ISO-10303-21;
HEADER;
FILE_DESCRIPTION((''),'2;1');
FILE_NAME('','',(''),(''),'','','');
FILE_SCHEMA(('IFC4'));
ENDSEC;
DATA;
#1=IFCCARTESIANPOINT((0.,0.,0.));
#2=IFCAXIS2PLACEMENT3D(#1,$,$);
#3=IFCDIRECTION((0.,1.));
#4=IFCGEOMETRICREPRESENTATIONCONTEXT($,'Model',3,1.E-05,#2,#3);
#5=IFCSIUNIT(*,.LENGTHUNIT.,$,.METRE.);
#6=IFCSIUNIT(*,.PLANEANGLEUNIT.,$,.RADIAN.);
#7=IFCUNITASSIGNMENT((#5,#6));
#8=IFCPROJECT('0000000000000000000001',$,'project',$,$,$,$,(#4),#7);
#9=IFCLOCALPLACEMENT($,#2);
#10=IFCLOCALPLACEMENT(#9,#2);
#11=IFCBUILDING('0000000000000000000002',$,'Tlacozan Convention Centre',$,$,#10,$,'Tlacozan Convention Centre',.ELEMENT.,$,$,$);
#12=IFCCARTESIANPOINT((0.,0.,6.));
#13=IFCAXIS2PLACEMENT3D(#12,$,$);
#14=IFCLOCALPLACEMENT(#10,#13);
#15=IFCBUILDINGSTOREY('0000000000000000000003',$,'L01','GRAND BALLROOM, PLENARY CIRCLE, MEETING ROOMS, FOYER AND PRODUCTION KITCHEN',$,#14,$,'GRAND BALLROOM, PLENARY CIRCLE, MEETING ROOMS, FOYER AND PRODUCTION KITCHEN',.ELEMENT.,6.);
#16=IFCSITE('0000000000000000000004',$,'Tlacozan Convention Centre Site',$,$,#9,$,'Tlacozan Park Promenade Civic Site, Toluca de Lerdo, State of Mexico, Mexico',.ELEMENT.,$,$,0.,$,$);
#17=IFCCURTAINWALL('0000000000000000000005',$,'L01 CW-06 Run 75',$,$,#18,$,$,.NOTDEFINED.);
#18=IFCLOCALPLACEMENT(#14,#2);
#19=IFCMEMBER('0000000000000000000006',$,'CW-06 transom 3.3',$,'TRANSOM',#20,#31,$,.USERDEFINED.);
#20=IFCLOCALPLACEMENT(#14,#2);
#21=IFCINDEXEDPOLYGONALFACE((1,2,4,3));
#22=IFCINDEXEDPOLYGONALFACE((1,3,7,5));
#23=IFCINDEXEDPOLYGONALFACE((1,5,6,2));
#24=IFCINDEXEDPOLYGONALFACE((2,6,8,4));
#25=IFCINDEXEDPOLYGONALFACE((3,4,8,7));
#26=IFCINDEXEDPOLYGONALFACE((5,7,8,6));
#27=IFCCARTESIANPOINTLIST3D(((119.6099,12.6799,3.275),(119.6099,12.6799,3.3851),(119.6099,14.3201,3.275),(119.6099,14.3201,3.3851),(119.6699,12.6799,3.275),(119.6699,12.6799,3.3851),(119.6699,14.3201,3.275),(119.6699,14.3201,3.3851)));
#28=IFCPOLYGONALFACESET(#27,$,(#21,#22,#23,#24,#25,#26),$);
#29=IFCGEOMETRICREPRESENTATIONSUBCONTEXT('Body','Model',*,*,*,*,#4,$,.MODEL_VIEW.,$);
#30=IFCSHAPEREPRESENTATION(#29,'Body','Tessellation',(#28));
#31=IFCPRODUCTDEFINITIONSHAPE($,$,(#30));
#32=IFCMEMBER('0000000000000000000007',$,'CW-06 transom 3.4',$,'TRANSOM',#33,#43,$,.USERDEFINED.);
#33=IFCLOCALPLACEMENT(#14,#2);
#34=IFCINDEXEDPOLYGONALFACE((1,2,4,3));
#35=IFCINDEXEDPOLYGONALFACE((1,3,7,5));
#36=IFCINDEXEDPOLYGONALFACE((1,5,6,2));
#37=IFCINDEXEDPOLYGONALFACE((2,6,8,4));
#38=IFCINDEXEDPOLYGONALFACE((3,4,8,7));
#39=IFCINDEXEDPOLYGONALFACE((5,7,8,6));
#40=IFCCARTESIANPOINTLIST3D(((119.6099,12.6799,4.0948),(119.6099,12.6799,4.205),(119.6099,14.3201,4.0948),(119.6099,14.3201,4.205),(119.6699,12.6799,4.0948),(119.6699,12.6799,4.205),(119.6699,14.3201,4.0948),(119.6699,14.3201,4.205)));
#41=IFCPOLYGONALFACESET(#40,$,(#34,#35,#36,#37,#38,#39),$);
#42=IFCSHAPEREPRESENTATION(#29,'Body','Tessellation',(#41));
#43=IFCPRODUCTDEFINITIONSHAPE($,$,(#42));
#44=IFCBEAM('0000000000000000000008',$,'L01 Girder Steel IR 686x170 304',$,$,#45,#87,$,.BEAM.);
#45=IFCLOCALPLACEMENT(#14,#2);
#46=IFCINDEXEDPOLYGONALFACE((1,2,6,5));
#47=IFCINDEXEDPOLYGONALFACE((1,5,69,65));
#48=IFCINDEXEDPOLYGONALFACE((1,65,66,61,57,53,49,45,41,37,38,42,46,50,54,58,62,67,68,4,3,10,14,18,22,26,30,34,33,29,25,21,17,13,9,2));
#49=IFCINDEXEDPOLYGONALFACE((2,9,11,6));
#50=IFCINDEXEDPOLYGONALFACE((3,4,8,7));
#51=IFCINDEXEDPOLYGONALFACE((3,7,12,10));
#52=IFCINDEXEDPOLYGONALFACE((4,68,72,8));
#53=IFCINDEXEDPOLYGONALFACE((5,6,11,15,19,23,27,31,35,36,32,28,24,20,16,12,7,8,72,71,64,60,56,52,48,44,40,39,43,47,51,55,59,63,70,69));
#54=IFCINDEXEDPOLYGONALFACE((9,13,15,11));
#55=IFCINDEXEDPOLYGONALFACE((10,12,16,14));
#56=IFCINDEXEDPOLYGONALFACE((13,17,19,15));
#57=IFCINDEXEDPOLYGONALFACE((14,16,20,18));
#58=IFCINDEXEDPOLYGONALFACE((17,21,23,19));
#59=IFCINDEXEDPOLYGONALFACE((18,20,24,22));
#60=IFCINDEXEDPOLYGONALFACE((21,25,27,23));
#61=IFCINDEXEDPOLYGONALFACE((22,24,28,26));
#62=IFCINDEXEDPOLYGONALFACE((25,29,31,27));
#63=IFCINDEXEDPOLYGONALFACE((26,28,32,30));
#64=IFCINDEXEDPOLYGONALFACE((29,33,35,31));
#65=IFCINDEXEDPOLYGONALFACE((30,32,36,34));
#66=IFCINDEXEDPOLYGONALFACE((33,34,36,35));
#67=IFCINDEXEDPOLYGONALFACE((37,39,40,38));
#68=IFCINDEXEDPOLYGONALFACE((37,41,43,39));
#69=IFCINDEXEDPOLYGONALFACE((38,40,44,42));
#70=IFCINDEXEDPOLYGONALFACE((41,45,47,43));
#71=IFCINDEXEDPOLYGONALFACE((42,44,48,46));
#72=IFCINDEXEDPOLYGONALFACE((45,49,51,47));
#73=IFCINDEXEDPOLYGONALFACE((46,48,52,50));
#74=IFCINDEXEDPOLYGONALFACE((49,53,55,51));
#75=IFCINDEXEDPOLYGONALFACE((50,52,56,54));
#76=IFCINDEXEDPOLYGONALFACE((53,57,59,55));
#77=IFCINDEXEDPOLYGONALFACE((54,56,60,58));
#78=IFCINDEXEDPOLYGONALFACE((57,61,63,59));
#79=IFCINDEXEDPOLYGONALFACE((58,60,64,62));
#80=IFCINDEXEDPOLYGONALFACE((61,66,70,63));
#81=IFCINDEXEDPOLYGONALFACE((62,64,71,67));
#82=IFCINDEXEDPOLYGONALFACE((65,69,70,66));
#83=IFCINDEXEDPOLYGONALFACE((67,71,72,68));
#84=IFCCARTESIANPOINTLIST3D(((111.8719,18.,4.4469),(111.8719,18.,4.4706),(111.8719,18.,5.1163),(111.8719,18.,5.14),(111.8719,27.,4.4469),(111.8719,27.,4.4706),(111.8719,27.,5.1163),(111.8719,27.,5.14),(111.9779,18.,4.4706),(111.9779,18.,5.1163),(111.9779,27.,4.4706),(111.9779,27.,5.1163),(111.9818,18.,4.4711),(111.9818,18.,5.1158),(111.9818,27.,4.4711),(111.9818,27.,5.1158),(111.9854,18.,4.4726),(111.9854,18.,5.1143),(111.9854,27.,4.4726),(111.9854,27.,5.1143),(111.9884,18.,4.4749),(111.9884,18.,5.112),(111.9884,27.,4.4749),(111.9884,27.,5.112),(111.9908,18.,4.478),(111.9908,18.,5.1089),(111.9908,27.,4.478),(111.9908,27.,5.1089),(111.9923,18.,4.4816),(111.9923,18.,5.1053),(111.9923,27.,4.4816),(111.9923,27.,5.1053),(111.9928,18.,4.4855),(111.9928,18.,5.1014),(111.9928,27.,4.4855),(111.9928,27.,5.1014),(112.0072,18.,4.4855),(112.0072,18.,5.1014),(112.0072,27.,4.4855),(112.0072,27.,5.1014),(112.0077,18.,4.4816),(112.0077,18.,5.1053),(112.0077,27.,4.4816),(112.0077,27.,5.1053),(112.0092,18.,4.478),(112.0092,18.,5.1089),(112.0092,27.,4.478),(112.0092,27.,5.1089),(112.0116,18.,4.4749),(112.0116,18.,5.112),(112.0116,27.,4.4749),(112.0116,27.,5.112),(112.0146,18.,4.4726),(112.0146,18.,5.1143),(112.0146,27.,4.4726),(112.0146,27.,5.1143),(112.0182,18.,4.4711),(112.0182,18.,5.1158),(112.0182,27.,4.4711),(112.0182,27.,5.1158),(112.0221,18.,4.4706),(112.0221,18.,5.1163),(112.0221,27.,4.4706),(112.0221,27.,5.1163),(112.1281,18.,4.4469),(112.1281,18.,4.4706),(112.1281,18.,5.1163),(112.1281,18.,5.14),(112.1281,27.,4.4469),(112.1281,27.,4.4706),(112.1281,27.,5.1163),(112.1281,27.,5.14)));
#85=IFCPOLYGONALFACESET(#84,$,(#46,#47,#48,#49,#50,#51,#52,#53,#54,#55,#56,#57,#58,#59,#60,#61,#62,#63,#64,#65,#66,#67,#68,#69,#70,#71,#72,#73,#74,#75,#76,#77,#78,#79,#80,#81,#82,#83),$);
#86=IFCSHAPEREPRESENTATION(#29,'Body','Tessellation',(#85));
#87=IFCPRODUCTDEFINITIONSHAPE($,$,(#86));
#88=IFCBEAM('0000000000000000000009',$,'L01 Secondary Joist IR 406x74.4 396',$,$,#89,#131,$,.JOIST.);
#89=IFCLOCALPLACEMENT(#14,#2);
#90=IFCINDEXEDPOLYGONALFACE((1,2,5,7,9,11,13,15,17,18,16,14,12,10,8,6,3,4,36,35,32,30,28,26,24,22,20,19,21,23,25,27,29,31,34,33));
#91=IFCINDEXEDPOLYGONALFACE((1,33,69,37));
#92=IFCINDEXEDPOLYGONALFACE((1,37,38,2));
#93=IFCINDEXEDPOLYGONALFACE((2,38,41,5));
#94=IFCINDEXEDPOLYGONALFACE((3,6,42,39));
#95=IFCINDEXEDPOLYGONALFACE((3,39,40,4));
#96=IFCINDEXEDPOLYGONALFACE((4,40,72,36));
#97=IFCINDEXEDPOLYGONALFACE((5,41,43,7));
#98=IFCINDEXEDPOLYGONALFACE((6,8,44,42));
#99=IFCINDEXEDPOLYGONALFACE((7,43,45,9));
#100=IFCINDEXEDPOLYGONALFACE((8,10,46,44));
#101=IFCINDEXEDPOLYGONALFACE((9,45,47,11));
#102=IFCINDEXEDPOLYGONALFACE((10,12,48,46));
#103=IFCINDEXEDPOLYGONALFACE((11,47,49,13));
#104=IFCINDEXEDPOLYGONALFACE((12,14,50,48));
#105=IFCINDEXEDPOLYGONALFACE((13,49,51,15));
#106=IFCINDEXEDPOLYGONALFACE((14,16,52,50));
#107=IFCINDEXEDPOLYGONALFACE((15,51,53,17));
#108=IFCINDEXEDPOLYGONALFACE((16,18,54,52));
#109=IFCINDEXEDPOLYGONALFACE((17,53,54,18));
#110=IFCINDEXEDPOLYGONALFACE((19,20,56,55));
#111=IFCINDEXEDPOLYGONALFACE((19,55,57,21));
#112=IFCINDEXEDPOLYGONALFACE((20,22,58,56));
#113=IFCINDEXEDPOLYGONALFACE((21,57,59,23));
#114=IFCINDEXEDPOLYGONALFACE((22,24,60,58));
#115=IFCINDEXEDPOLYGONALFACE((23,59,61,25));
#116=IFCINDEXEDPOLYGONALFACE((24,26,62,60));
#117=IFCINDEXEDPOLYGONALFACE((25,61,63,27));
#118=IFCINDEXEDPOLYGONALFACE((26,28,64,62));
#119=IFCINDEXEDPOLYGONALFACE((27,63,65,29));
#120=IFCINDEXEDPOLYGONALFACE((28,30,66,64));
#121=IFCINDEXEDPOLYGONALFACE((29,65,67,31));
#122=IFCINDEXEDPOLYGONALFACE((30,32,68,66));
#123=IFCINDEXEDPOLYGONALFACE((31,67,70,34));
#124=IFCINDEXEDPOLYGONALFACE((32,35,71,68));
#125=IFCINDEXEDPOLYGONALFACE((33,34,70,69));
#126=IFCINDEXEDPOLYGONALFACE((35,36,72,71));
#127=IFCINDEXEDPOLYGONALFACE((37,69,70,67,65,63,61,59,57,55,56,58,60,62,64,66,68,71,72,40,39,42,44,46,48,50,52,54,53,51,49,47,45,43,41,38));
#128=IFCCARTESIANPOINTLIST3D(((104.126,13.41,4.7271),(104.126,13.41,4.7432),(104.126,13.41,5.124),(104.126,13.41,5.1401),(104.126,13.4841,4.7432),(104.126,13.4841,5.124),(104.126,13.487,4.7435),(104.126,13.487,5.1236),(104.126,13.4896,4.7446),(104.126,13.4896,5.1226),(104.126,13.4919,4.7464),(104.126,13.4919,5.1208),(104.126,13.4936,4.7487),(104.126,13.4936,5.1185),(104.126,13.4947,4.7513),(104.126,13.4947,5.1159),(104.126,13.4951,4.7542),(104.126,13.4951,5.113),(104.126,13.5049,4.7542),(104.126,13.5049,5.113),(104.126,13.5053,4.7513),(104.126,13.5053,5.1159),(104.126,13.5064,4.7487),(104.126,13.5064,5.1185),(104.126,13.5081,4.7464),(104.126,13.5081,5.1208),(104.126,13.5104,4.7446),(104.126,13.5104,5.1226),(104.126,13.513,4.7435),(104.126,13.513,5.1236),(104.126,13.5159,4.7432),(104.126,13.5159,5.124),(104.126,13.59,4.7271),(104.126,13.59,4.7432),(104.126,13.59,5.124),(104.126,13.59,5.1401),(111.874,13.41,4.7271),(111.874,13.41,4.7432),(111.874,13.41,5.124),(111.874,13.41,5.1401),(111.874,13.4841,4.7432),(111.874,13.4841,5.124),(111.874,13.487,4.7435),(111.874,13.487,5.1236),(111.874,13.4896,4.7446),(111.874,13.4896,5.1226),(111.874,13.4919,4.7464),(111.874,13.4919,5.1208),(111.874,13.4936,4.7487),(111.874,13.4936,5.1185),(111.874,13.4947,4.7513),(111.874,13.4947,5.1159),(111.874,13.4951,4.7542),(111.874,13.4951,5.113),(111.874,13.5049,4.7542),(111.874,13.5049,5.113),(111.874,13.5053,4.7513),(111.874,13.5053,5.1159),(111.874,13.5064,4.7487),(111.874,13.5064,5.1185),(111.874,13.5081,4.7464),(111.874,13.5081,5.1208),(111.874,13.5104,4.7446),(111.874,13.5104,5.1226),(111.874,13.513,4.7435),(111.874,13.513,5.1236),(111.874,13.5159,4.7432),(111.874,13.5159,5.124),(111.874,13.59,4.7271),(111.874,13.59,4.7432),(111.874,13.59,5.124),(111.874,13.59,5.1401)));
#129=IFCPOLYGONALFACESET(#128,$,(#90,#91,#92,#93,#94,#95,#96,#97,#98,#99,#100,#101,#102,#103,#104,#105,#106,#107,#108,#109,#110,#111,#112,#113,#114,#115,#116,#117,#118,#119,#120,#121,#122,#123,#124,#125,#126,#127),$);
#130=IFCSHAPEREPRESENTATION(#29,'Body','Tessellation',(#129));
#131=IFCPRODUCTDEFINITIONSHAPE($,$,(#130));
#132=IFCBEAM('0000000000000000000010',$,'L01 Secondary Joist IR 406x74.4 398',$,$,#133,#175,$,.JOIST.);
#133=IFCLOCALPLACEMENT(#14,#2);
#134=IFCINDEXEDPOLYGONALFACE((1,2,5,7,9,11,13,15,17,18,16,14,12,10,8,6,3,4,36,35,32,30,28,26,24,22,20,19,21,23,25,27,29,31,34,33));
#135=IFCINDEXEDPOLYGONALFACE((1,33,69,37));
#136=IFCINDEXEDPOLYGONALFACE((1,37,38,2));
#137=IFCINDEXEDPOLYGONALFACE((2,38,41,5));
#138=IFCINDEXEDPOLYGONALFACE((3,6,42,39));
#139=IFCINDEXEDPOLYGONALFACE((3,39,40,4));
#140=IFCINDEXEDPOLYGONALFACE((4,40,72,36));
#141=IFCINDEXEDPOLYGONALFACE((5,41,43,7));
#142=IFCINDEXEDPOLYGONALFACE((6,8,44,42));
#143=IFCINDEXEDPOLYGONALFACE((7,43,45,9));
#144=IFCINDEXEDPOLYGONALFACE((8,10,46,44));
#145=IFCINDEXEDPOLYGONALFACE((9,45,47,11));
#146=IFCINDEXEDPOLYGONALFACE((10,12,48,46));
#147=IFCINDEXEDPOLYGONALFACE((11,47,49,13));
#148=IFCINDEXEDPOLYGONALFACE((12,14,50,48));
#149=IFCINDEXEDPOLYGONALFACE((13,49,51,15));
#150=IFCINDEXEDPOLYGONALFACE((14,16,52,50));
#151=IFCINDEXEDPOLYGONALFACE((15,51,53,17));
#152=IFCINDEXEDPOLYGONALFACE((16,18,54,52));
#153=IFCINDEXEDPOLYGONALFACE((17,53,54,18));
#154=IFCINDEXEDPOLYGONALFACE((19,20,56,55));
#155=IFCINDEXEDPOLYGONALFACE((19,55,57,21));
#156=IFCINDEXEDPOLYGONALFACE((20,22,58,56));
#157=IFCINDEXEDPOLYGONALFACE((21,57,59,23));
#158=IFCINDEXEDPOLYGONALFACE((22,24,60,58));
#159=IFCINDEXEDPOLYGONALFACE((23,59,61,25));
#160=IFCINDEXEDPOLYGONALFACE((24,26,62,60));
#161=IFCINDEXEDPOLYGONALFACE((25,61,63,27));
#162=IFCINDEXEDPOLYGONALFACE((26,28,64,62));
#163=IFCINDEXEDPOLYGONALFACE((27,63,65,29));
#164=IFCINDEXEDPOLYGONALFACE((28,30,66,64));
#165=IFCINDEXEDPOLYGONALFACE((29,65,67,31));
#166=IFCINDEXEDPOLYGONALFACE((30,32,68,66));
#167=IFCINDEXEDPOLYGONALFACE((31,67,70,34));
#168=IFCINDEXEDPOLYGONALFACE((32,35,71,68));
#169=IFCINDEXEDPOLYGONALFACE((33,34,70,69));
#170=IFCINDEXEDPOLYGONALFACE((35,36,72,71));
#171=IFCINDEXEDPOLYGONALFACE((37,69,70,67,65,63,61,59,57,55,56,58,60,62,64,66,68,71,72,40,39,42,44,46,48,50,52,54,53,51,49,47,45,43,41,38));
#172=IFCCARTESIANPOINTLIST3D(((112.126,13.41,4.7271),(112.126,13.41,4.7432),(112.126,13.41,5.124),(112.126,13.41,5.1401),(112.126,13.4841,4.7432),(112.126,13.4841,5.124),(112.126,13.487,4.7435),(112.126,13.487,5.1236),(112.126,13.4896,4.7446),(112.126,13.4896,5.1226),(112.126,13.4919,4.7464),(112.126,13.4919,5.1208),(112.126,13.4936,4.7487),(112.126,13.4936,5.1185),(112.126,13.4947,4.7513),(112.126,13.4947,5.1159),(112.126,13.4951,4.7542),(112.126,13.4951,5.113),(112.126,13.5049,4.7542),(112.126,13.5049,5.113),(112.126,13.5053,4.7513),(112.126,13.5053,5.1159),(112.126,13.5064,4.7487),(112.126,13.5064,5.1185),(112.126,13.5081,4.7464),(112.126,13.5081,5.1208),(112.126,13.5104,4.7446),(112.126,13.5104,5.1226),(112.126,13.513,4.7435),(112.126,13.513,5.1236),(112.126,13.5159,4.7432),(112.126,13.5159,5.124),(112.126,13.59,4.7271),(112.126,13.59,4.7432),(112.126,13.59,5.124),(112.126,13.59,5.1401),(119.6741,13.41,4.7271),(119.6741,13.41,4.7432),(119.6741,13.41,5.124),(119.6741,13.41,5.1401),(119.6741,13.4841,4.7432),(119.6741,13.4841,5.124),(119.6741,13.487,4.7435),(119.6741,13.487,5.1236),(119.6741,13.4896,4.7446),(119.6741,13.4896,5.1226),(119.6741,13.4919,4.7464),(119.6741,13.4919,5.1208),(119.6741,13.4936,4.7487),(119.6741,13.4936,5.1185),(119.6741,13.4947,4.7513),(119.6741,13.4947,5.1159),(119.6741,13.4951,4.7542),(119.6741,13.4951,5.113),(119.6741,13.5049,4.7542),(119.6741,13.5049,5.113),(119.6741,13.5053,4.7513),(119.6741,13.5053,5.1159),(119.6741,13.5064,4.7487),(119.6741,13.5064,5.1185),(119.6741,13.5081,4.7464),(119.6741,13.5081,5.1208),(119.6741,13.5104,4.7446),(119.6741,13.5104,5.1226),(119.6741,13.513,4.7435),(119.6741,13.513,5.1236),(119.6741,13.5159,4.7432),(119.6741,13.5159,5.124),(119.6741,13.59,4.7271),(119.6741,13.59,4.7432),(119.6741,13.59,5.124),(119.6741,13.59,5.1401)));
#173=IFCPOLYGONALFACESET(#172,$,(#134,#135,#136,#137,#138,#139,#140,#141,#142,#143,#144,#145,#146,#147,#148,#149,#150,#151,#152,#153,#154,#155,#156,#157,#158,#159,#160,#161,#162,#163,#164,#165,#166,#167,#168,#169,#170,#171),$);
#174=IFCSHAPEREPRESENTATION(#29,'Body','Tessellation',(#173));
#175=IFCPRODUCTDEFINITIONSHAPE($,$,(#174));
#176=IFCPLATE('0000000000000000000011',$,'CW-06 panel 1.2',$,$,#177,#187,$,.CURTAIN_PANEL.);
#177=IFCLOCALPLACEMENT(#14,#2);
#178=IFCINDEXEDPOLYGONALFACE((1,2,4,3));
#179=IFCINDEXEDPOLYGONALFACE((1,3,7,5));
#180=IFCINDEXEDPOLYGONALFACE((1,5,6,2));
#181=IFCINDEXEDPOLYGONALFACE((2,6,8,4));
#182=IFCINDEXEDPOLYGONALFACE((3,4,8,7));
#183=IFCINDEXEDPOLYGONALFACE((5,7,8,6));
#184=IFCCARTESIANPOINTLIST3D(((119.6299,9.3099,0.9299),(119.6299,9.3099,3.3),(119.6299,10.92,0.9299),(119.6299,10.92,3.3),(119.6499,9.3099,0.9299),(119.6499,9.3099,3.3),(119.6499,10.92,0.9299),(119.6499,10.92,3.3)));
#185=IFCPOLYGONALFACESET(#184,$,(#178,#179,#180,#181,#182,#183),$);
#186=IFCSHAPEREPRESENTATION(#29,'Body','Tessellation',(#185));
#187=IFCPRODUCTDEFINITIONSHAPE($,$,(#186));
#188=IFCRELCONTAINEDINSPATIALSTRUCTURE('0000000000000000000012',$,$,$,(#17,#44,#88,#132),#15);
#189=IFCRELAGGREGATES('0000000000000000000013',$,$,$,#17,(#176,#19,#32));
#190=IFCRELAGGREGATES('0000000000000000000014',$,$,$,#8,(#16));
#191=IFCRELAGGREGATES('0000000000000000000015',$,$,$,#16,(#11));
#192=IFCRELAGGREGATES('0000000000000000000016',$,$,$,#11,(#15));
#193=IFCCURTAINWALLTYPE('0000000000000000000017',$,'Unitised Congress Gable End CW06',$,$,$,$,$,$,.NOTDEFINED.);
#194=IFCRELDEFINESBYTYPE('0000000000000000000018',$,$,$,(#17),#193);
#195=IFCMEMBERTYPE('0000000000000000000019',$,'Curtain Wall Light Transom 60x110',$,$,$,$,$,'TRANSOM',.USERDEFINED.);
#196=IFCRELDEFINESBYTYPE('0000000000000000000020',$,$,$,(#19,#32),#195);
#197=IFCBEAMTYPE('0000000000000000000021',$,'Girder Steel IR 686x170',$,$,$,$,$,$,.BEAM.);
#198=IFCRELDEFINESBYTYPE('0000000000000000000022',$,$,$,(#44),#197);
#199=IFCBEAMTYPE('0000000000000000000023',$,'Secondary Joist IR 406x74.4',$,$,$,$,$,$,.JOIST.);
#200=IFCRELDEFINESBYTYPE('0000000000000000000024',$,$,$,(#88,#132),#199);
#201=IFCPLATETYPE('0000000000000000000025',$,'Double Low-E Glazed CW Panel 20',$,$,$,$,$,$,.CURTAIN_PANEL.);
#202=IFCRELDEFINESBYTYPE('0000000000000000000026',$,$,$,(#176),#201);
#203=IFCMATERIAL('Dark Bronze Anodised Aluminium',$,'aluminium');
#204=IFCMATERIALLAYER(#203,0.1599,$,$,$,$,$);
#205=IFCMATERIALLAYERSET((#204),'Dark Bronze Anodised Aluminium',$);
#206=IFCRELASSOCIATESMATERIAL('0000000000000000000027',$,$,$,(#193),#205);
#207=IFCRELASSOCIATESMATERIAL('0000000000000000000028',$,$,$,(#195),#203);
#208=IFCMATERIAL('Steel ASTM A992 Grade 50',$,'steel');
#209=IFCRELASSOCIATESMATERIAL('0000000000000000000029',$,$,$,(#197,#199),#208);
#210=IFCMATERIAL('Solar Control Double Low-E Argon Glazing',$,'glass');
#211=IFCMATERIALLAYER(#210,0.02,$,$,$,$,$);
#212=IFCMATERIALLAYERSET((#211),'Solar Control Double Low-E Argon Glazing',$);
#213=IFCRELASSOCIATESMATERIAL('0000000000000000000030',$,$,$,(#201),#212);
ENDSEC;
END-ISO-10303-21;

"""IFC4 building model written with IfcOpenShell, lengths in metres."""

from ifc_helpers import new_model, si_unit, direction, frame, origin, origin_2d, place, context, subcontext, project, spatial, rectangle, i_section, extrude, material, layer, layer_set, material_profile, profile_set, type_object, element, aggregate, save


model = new_model("IFC4")

# Units and contexts
model_context = context("Model", 3, precision=1e-05, world=origin(), true_north=direction((0.0, 1.0)))
body_context = subcontext(model_context, "Body", "Model", "MODEL_VIEW")
ifc_project = project(units=[si_unit("LENGTHUNIT", "METRE"), si_unit("PLANEANGLEUNIT", "RADIAN")], contexts=[model_context])

# Site, building, storey
site_placement = place(None, origin())
site = spatial("IfcSite", under=ifc_project, at=site_placement, Name="Tlacozan Convention Centre Site", LongName="Tlacozan Park Promenade Civic Site, Toluca de Lerdo, State of Mexico, Mexico", CompositionType="ELEMENT", RefElevation=0.0)
building_placement = place(site_placement, origin())
building = spatial("IfcBuilding", under=site, at=building_placement, Name="Tlacozan Convention Centre", LongName="Tlacozan Convention Centre", CompositionType="ELEMENT")
storey_placement = place(building_placement, frame((0.0, 0.0, 6.0)))
storey = spatial("IfcBuildingStorey", under=building, at=storey_placement, Name="L01", Description="GRAND BALLROOM, PLENARY CIRCLE, MEETING ROOMS, FOYER AND PRODUCTION KITCHEN", LongName="GRAND BALLROOM, PLENARY CIRCLE, MEETING ROOMS, FOYER AND PRODUCTION KITCHEN", CompositionType="ELEMENT", Elevation=6.0)

# Curtain wall, members
ifc_material_1 = material(Name="Dark Bronze Anodised Aluminium", Category="aluminium")
ifc_layer_1 = layer(ifc_material_1, 0.1599)
ifc_layer_set_1 = layer_set([ifc_layer_1], Name="Dark Bronze Anodised Aluminium")
curtain_wall_type = type_object("IfcCurtainWallType", Name="Unitised Congress Gable End CW06", PredefinedType="NOTDEFINED", material=ifc_layer_set_1)
curtain_wall_placement = place(storey_placement, origin())
curtain_wall = element("IfcCurtainWall", 1, at=curtain_wall_placement, inside=storey, type_object=curtain_wall_type, Name="L01 CW-06 Run 75", PredefinedType="NOTDEFINED")
ifc_material_profile_1 = material_profile(ifc_material_1, rectangle(XDim=0.0601, YDim=0.1101, at=origin_2d()), Name="ALU 60x110")
ifc_profile_set_1 = profile_set([ifc_material_profile_1], Name="Dark Bronze Anodised Aluminium")
member_type_1 = type_object("IfcMemberType", Name="Curtain Wall Light Transom 60x110", ElementType="TRANSOM", PredefinedType="USERDEFINED", material=ifc_profile_set_1)
member_1_placement = place(storey_placement, frame((119.6399, 12.6799, 3.3301), z_axis=(0.0, 1.0, 0.0), x_axis=(-1.0, 0.0, 0.0)))
member_1 = element("IfcMember", 2, at=member_1_placement, type_object=member_type_1, Name="CW-06 transom 3.3", ObjectType="TRANSOM", PredefinedType="USERDEFINED", context=body_context, shape_type="SweptSolid", body=[
    extrude(rectangle(XDim=0.0601, YDim=0.1101, at=origin_2d()), origin(), (0.0, 0.0, 1.0), 1.6401),
])
member_2_placement = place(storey_placement, frame((119.6399, 12.6799, 4.1499), z_axis=(0.0, 1.0, 0.0), x_axis=(-1.0, 0.0, 0.0)))
member_2 = element("IfcMember", 3, at=member_2_placement, type_object=member_type_1, Name="CW-06 transom 3.4", ObjectType="TRANSOM", PredefinedType="USERDEFINED", context=body_context, shape_type="SweptSolid", body=[
    extrude(rectangle(XDim=0.0601, YDim=0.1101, at=origin_2d()), origin(), (0.0, 0.0, 1.0), 1.6401),
])

# Beams
ifc_material_2 = material(Name="Steel ASTM A992 Grade 50", Category="steel")
ifc_material_profile_2 = material_profile(ifc_material_2, i_section(OverallWidth=0.2561, OverallDepth=0.6931, WebThickness=0.0144, FlangeThickness=0.0237, FilletRadius=0.0149, at=origin_2d()), Name="IR 686x170.0")
ifc_profile_set_2 = profile_set([ifc_material_profile_2], Name="Steel ASTM A992 Grade 50")
beam_type_1 = type_object("IfcBeamType", Name="Girder Steel IR 686x170", PredefinedType="BEAM", material=ifc_profile_set_2)
beam_1_placement = place(storey_placement, frame((112.0, 18.0, 4.7935), z_axis=(0.0, 1.0, 0.0), x_axis=(-1.0, 0.0, 0.0)))
element("IfcBeam", 4, at=beam_1_placement, inside=storey, type_object=beam_type_1, Name="L01 Girder Steel IR 686x170 304", PredefinedType="BEAM", context=body_context, shape_type="SweptSolid", body=[
    extrude(i_section(OverallWidth=0.2561, OverallDepth=0.6931, WebThickness=0.0144, FlangeThickness=0.0237, FilletRadius=0.0149, at=origin_2d()), origin(), (0.0, 0.0, 1.0), 9.0),
])
ifc_material_profile_3 = material_profile(ifc_material_2, i_section(OverallWidth=0.1799, OverallDepth=0.4131, WebThickness=0.0098, FlangeThickness=0.0161, FilletRadius=0.011, at=origin_2d()), Name="IR 406x74.4")
ifc_profile_set_3 = profile_set([ifc_material_profile_3], Name="Steel ASTM A992 Grade 50")
beam_type_2 = type_object("IfcBeamType", Name="Secondary Joist IR 406x74.4", PredefinedType="JOIST", material=ifc_profile_set_3)
beam_2_placement = place(storey_placement, frame((104.126, 13.5, 4.9336), z_axis=(1.0, 0.0, 0.0), x_axis=(0.0, 1.0, 0.0)))
element("IfcBeam", 5, at=beam_2_placement, inside=storey, type_object=beam_type_2, Name="L01 Secondary Joist IR 406x74.4 396", PredefinedType="JOIST", context=body_context, shape_type="SweptSolid", body=[
    extrude(i_section(OverallWidth=0.1799, OverallDepth=0.4131, WebThickness=0.0098, FlangeThickness=0.0161, FilletRadius=0.011, at=origin_2d()), origin(), (0.0, 0.0, 1.0), 7.748),
])
beam_3_placement = place(storey_placement, frame((112.126, 13.5, 4.9336), z_axis=(1.0, 0.0, 0.0), x_axis=(0.0, 1.0, 0.0)))
element("IfcBeam", 6, at=beam_3_placement, inside=storey, type_object=beam_type_2, Name="L01 Secondary Joist IR 406x74.4 398", PredefinedType="JOIST", context=body_context, shape_type="SweptSolid", body=[
    extrude(i_section(OverallWidth=0.1799, OverallDepth=0.4131, WebThickness=0.0098, FlangeThickness=0.0161, FilletRadius=0.011, at=origin_2d()), origin(), (0.0, 0.0, 1.0), 7.5481),
])

# Plate
ifc_material_3 = material(Name="Solar Control Double Low-E Argon Glazing", Category="glass")
ifc_layer_2 = layer(ifc_material_3, 0.02)
ifc_layer_set_2 = layer_set([ifc_layer_2], Name="Solar Control Double Low-E Argon Glazing")
plate_type = type_object("IfcPlateType", Name="Double Low-E Glazed CW Panel 20", PredefinedType="CURTAIN_PANEL", material=ifc_layer_set_2)
plate_1_placement = place(storey_placement, frame((119.6399, 10.115, 0.9299), z_axis=(0.0, 0.0, 1.0), x_axis=(0.0, 1.0, 0.0)))
plate_1 = element("IfcPlate", 7, at=plate_1_placement, type_object=plate_type, Name="CW-06 panel 1.2", PredefinedType="CURTAIN_PANEL", context=body_context, shape_type="SweptSolid", body=[
    extrude(rectangle(XDim=1.6101, YDim=0.02, at=origin_2d()), origin(), (0.0, 0.0, 1.0), 2.3701),
])
aggregate(curtain_wall, [plate_1, member_1, member_2])

save(model, "model.ifc")
